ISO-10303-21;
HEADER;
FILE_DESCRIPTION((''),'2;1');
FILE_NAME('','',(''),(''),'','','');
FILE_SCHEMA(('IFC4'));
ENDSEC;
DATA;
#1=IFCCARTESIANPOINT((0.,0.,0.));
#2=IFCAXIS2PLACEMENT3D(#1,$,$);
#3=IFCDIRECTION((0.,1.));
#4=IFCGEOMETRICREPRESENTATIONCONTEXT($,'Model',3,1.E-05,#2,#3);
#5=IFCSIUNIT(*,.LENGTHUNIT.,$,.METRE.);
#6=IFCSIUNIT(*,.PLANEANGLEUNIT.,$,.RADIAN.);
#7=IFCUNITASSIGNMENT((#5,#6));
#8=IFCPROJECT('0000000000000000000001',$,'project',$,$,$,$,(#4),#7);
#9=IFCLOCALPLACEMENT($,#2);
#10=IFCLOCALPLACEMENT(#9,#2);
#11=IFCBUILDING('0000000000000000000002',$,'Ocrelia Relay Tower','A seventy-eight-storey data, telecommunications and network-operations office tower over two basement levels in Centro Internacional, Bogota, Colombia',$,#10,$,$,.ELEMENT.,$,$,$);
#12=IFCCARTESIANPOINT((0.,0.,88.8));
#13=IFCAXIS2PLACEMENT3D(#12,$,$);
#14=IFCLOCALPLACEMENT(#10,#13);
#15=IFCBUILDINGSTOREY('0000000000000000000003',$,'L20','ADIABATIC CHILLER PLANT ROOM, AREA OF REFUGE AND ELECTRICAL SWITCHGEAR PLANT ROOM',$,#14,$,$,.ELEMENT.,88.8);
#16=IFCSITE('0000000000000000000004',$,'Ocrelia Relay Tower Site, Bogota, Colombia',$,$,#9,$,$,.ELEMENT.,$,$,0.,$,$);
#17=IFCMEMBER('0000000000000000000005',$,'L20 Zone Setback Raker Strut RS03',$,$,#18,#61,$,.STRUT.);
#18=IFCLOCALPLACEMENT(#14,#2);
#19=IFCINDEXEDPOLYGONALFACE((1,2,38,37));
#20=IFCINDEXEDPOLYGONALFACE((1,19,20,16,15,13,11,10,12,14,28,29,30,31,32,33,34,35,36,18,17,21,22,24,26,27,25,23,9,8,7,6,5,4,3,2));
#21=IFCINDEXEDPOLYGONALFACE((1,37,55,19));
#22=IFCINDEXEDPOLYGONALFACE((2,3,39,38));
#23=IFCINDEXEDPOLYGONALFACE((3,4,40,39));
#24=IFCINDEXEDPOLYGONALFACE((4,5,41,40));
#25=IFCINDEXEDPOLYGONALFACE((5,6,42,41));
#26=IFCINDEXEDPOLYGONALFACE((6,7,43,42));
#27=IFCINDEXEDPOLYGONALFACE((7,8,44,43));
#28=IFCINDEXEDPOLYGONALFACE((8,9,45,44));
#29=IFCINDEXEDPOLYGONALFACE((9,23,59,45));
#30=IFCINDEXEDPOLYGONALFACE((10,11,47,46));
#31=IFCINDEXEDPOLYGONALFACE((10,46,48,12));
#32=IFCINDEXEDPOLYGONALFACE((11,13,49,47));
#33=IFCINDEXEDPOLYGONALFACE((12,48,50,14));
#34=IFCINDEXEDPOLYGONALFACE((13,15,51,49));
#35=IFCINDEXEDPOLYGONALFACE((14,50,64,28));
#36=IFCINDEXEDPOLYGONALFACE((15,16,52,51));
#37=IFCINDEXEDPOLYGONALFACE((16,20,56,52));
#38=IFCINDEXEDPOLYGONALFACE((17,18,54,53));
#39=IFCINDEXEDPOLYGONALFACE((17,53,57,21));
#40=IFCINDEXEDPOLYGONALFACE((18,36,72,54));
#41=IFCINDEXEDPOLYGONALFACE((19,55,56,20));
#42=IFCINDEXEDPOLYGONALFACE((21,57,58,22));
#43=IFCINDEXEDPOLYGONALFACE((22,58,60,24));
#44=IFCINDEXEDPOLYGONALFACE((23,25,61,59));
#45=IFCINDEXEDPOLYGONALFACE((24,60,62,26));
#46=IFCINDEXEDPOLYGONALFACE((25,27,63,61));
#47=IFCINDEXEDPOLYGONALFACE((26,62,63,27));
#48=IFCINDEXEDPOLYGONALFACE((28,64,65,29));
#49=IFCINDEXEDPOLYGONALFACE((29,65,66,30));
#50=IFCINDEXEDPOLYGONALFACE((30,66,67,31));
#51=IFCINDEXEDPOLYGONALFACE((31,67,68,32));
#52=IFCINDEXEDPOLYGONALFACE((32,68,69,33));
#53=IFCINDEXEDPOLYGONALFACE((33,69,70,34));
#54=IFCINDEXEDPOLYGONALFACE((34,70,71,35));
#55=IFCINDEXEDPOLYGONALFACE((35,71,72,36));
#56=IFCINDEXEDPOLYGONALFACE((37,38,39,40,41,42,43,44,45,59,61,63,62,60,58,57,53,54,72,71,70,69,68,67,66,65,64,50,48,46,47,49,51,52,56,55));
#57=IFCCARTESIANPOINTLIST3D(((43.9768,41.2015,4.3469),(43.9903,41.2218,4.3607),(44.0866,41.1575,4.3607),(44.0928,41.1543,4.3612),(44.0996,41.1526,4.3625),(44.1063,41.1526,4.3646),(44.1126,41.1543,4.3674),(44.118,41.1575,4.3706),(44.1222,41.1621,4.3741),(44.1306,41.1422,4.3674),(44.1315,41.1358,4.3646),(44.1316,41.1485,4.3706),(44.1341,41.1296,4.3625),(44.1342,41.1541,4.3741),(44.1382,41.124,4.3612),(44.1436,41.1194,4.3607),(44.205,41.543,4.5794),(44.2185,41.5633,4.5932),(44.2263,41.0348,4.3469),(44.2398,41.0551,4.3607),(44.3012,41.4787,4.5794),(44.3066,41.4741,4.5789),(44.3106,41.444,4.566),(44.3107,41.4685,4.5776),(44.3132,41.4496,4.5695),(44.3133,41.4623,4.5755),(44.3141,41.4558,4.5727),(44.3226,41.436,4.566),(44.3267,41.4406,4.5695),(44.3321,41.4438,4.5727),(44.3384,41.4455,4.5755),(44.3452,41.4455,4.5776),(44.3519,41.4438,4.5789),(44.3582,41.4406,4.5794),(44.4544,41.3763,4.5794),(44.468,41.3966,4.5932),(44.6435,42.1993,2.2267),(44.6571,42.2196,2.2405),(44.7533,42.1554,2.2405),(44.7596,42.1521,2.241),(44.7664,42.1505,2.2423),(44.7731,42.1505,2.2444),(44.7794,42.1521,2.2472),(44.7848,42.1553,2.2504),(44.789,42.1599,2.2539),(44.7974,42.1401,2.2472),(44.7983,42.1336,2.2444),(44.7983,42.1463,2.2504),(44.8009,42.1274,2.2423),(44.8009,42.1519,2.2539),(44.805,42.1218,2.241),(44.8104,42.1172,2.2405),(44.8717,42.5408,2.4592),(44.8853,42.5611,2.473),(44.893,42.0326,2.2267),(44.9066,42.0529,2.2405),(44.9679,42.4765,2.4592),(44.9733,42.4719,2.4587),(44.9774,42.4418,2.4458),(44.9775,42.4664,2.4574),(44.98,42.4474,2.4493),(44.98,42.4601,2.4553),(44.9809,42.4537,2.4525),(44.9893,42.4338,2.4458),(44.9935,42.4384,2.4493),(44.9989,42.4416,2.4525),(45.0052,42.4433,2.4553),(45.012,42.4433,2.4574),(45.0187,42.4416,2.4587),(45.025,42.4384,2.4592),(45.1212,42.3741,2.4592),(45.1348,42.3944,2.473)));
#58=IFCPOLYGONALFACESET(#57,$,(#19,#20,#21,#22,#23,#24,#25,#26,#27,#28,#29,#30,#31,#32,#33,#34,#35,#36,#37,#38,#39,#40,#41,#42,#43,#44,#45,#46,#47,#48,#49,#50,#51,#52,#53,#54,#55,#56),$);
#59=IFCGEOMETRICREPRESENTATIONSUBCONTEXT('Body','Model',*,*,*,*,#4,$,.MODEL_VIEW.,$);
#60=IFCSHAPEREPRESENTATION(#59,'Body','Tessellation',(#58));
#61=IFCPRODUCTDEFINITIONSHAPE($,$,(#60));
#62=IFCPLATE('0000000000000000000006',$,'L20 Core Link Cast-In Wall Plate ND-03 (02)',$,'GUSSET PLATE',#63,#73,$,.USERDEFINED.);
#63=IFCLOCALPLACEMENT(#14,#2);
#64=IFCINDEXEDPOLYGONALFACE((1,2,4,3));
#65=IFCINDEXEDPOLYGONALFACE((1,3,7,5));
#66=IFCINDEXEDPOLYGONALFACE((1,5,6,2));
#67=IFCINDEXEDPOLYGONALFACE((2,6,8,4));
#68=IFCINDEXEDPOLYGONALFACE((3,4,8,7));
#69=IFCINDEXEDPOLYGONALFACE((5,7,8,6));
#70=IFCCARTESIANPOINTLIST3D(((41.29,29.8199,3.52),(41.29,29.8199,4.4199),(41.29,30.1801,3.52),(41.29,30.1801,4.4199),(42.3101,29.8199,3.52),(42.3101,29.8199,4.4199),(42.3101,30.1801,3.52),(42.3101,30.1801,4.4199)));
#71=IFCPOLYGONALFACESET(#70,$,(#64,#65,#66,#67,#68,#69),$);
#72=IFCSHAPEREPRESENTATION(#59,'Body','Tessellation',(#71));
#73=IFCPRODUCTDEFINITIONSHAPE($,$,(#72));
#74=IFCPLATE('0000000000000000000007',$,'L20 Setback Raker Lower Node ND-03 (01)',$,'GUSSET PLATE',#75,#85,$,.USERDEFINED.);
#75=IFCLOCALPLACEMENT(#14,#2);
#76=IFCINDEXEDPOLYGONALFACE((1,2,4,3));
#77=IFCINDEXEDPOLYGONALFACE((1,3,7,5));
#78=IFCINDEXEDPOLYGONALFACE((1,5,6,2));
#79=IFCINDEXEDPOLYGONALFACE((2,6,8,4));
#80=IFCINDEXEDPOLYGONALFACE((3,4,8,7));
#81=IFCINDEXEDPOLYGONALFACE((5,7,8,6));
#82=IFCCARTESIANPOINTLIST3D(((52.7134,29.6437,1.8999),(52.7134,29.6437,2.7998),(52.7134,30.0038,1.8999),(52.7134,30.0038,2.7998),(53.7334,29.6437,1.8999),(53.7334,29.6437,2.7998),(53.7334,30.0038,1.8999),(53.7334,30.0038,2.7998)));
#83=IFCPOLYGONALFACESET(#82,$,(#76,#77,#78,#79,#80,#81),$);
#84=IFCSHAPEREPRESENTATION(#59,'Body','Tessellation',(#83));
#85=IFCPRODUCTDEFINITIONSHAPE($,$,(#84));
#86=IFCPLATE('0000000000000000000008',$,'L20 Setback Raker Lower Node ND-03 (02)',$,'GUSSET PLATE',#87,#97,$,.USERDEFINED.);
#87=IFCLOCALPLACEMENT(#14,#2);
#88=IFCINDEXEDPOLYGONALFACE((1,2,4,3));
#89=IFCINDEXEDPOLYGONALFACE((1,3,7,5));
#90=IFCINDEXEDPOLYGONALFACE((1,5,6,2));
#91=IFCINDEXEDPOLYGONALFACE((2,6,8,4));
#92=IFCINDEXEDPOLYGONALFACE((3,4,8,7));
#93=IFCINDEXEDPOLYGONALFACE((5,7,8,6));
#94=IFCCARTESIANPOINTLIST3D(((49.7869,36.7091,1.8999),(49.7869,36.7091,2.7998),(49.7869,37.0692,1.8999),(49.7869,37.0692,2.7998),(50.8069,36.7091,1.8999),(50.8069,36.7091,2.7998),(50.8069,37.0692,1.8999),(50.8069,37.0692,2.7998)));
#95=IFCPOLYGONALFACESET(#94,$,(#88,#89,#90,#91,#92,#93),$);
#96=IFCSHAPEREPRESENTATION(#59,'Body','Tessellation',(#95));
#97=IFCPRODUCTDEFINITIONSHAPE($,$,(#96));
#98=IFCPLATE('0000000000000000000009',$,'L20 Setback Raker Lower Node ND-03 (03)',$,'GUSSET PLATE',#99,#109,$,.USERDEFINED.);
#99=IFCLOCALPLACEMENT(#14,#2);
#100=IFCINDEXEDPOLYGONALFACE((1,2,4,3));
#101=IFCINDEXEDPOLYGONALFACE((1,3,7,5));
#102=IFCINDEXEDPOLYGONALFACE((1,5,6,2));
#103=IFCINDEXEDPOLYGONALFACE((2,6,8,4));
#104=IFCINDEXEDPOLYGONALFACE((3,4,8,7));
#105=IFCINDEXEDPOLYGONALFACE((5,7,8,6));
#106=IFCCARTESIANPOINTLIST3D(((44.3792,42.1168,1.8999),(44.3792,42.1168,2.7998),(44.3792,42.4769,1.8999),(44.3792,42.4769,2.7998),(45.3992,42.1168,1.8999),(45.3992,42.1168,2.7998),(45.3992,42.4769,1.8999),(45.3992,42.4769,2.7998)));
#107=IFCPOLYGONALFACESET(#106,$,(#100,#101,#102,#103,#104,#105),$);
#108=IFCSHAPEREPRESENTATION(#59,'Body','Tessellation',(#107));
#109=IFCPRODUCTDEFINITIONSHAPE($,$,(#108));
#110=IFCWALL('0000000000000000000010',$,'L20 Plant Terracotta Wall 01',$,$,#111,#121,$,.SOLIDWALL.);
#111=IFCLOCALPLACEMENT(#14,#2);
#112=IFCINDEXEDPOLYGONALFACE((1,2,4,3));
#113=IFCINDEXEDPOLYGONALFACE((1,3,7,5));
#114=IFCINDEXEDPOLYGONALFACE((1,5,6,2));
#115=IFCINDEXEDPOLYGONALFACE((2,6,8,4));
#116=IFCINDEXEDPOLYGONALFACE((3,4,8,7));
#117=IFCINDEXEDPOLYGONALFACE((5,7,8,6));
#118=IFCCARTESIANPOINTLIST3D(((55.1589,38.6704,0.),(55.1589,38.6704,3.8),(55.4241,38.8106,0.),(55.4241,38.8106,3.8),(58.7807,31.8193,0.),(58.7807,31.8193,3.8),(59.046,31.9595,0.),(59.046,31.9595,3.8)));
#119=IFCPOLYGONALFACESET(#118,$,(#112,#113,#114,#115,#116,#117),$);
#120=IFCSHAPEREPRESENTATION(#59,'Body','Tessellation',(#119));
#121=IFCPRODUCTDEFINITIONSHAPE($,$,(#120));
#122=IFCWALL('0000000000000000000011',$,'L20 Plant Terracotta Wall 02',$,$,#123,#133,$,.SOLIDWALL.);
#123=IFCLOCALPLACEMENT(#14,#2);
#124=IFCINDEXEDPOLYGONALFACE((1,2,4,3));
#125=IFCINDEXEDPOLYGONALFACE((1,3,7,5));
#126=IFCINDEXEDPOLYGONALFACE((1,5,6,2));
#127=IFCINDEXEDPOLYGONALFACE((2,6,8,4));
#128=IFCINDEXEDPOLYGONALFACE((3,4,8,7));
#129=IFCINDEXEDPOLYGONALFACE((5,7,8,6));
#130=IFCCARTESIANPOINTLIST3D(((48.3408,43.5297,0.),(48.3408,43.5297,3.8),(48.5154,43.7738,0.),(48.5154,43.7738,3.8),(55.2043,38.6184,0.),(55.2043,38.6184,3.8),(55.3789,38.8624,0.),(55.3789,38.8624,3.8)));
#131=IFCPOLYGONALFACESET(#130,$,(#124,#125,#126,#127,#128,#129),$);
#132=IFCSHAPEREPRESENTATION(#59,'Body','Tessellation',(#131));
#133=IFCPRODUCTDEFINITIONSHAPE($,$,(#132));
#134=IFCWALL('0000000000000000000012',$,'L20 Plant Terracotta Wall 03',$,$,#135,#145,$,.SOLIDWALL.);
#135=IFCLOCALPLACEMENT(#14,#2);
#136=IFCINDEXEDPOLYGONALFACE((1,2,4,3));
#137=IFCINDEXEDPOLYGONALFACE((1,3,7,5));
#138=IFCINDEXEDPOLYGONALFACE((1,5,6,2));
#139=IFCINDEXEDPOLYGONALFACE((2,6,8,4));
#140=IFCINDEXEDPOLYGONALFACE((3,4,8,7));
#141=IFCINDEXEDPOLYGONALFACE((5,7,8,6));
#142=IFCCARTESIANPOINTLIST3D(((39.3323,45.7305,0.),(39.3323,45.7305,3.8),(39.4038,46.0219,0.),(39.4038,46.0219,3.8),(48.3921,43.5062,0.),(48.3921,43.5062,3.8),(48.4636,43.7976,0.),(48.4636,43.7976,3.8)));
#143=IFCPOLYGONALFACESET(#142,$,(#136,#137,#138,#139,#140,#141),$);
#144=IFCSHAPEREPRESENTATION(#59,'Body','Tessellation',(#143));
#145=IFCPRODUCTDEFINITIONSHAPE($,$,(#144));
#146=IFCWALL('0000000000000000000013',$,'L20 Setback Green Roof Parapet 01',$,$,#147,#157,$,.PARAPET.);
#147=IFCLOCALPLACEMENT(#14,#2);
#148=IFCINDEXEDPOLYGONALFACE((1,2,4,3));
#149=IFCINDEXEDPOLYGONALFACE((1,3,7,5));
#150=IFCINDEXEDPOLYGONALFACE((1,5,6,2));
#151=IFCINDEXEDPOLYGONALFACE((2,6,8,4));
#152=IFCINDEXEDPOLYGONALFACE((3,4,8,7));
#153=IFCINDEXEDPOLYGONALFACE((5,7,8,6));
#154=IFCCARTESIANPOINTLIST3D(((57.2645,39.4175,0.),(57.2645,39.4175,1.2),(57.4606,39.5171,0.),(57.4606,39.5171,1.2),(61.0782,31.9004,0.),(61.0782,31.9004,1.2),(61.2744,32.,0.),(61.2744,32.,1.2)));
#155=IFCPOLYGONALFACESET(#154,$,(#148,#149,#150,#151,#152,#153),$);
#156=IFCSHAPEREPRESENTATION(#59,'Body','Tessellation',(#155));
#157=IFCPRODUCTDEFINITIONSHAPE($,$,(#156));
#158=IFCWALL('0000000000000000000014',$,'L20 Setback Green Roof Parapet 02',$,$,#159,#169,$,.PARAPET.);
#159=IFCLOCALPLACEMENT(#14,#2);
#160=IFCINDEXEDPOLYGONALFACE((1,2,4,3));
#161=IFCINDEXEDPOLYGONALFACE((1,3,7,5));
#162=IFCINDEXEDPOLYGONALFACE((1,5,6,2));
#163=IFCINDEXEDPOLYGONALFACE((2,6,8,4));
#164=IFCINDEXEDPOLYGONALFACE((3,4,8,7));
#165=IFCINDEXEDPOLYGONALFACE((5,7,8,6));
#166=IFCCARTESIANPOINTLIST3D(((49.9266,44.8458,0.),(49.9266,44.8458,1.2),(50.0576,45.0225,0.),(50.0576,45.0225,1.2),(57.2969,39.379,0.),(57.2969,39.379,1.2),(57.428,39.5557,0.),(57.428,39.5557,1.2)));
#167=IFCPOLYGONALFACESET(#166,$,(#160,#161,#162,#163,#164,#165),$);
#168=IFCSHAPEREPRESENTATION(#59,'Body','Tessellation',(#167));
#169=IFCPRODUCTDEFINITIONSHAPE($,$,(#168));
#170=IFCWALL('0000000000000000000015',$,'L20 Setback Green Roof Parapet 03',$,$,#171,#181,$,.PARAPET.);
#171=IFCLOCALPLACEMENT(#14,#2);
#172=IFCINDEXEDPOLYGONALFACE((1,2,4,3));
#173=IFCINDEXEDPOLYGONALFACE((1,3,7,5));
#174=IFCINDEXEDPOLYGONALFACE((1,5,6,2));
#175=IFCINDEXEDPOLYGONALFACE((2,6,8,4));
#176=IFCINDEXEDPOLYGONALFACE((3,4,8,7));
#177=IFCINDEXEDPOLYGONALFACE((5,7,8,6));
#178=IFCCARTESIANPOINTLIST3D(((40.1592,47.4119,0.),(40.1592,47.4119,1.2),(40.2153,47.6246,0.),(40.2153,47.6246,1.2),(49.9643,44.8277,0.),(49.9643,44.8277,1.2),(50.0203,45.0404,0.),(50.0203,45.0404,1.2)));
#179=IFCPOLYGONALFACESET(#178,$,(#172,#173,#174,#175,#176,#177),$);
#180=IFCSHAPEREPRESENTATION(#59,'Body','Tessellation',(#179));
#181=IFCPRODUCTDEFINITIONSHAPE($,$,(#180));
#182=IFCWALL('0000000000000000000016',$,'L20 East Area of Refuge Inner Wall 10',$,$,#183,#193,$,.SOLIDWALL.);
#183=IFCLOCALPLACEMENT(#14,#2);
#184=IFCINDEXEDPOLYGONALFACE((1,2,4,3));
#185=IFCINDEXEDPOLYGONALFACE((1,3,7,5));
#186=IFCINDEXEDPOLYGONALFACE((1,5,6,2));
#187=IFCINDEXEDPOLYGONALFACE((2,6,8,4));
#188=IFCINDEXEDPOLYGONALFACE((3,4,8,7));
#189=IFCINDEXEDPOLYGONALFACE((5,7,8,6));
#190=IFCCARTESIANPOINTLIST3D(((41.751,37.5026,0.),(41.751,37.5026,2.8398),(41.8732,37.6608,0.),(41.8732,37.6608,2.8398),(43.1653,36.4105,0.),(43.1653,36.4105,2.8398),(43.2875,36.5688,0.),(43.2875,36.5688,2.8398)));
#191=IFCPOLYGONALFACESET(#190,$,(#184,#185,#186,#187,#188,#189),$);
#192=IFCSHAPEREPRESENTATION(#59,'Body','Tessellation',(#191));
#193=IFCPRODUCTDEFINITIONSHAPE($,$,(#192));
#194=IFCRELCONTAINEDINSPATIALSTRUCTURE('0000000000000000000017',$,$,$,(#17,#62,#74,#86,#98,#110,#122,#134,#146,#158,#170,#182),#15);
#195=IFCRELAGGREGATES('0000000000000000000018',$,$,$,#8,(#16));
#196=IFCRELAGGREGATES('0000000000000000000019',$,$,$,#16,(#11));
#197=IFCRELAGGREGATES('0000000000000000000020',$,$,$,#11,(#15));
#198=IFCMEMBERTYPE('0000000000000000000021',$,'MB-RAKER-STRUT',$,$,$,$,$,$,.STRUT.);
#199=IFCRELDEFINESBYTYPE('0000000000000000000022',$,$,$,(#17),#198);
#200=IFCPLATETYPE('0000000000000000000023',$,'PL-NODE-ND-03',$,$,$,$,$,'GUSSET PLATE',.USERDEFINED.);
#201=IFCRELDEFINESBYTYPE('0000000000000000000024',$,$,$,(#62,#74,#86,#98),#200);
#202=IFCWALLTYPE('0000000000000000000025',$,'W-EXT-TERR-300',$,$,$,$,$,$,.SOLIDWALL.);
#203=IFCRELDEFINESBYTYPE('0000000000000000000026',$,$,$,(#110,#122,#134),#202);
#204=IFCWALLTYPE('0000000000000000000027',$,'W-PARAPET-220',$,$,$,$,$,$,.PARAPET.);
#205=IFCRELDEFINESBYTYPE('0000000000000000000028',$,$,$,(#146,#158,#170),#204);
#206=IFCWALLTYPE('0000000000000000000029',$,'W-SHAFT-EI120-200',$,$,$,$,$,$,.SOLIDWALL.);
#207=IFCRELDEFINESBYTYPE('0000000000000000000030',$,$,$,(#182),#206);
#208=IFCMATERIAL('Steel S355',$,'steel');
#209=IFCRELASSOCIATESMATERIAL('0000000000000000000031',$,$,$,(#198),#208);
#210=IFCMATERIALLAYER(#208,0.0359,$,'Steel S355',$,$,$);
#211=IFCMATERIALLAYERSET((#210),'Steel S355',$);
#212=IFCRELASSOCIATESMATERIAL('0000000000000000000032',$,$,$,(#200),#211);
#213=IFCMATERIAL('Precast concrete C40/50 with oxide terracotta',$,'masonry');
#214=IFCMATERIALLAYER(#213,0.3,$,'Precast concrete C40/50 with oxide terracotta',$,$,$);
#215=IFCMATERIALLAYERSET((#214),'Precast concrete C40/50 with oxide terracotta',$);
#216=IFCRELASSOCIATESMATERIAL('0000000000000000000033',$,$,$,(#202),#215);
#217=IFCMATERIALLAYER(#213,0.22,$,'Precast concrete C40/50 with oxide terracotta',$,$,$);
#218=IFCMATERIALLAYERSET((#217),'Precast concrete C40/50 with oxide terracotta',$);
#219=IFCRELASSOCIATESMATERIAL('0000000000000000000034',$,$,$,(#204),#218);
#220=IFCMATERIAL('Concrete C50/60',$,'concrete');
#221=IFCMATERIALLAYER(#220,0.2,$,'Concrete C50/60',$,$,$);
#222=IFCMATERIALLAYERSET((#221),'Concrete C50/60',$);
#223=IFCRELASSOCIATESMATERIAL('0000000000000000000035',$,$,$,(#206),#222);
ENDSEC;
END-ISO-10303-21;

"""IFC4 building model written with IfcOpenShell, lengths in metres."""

from ifc_helpers import new_model, si_unit, direction, frame, frame_2d, origin, origin_2d, place, context, subcontext, project, spatial, rectangle, i_section, extrude, material, layer, layer_set, material_profile, profile_set, type_object, element, save


model = new_model("IFC4")

# Units and contexts
model_context = context("Model", 3, precision=1e-05, world=origin(), true_north=direction((0.0, 1.0)))
body_context = subcontext(model_context, "Body", "Model", "MODEL_VIEW")
ifc_project = project(units=[si_unit("LENGTHUNIT", "METRE"), si_unit("PLANEANGLEUNIT", "RADIAN")], contexts=[model_context])

# Site, building, storey
site_placement = place(None, origin())
site = spatial("IfcSite", under=ifc_project, at=site_placement, Name="Ocrelia Relay Tower Site, Bogota, Colombia", CompositionType="ELEMENT", RefElevation=0.0)
building_placement = place(site_placement, origin())
building = spatial("IfcBuilding", under=site, at=building_placement, Name="Ocrelia Relay Tower", Description="A seventy-eight-storey data, telecommunications and network-operations office tower over two basement levels in Centro Internacional, Bogota, Colombia", CompositionType="ELEMENT")
storey_placement = place(building_placement, frame((0.0, 0.0, 88.8)))
storey = spatial("IfcBuildingStorey", under=building, at=storey_placement, Name="L20", Description="ADIABATIC CHILLER PLANT ROOM, AREA OF REFUGE AND ELECTRICAL SWITCHGEAR PLANT ROOM", CompositionType="ELEMENT", Elevation=88.8)

# Shared definitions
ifc_material_1 = material(Name="Steel S355", Category="steel")

# Member
ifc_material_profile_1 = material_profile(ifc_material_1, i_section(OverallWidth=0.3, OverallDepth=0.5, WebThickness=0.0144, FlangeThickness=0.0281, FilletRadius=0.0271, at=origin_2d()), Name="HEB 500")
ifc_profile_set_1 = profile_set([ifc_material_profile_1], Name="Steel S355")
member_type_1 = type_object("IfcMemberType", Name="MB-RAKER-STRUT", PredefinedType="STRUT", material=ifc_profile_set_1)
for number, where, z_axis, x_axis, name in (
    (1, (44.8892, 42.2969, 2.3499), (-0.273684, -0.409574, 0.870257), (0.831455, -0.555592, 0.0), "L20 Zone Setback Raker Strut RS03"),
):
    element("IfcMember", number, at=place(storey_placement, frame(where, z_axis=z_axis, x_axis=x_axis)), inside=storey, type_object=member_type_1, Name=name, PredefinedType="STRUT", context=body_context, shape_type="SweptSolid", body=[
        extrude(i_section(OverallWidth=0.3, OverallDepth=0.5, WebThickness=0.0144, FlangeThickness=0.0281, FilletRadius=0.0271, at=origin_2d()), origin(), (0.0, 0.0, 1.0), 2.4363),
    ])

# Plates
ifc_layer_1 = layer(ifc_material_1, 0.0359, Name="Steel S355")
ifc_layer_set_1 = layer_set([ifc_layer_1], Name="Steel S355")
plate_type = type_object("IfcPlateType", Name="PL-NODE-ND-03", ElementType="GUSSET PLATE", PredefinedType="USERDEFINED", material=ifc_layer_set_1)
for number, where, z_axis, x_axis, name in (
    (2, (41.8, 30.0, 3.52), (0.0, 0.0, 1.0), (1.0, 0.0, 0.0), "L20 Core Link Cast-In Wall Plate ND-03 (02)"),
    (3, (53.2234, 29.8237, 1.8999), (0.0, 0.0, 1.0), (1.0, 0.0, 0.0), "L20 Setback Raker Lower Node ND-03 (01)"),
    (4, (50.2969, 36.8892, 1.8999), (0.0, 0.0, 1.0), (1.0, 0.0, 0.0), "L20 Setback Raker Lower Node ND-03 (02)"),
    (5, (44.8892, 42.2969, 1.8999), (0.0, 0.0, 1.0), (1.0, 0.0, 0.0), "L20 Setback Raker Lower Node ND-03 (03)"),
):
    element("IfcPlate", number, at=place(storey_placement, frame(where, z_axis=z_axis, x_axis=x_axis)), inside=storey, type_object=plate_type, Name=name, ObjectType="GUSSET PLATE", PredefinedType="USERDEFINED", context=body_context, shape_type="SweptSolid", body=[
        extrude(rectangle(XDim=1.02, YDim=0.3601, at=origin_2d()), origin(), (0.0, 0.0, 1.0), 0.8999),
    ])

# Walls
ifc_material_2 = material(Name="Precast concrete C40/50 with oxide terracotta", Category="masonry")
ifc_layer_2 = layer(ifc_material_2, 0.3, Name="Precast concrete C40/50 with oxide terracotta")
ifc_layer_set_2 = layer_set([ifc_layer_2], Name="Precast concrete C40/50 with oxide terracotta")
wall_type_1 = type_object("IfcWallType", Name="W-EXT-TERR-300", PredefinedType="SOLIDWALL", material=ifc_layer_set_2)
wall_1_placement = place(storey_placement, frame((58.9133, 31.8894, 0.0), z_axis=(0.0, 0.0, 1.0), x_axis=(-0.467362, 0.884066, 0.0)))
element("IfcWall", 6, at=wall_1_placement, inside=storey, type_object=wall_type_1, Name="L20 Plant Terracotta Wall 01", PredefinedType="SOLIDWALL", context=body_context, shape_type="SweptSolid", body=[
    extrude(rectangle(XDim=7.7495, YDim=0.3, at=frame_2d((3.8748, 0.0))), origin(), (0.0, 0.0, 1.0), 3.8),
])
wall_2_placement = place(storey_placement, frame((55.2915, 38.7405, 0.0), z_axis=(0.0, 0.0, 1.0), x_axis=(-0.813237, 0.581933, 0.0)))
element("IfcWall", 7, at=wall_2_placement, inside=storey, type_object=wall_type_1, Name="L20 Plant Terracotta Wall 02", PredefinedType="SOLIDWALL", context=body_context, shape_type="SweptSolid", body=[
    extrude(rectangle(XDim=8.4397, YDim=0.3, at=frame_2d((4.2197, 0.0))), origin(), (0.0, 0.0, 1.0), 3.8),
])
wall_3_placement = place(storey_placement, frame((48.428, 43.6519, 0.0), z_axis=(0.0, 0.0, 1.0), x_axis=(-0.971158, 0.238439, 0.0)))
element("IfcWall", 8, at=wall_3_placement, inside=storey, type_object=wall_type_1, Name="L20 Plant Terracotta Wall 03", PredefinedType="SOLIDWALL", context=body_context, shape_type="SweptSolid", body=[
    extrude(rectangle(XDim=9.3289, YDim=0.3, at=frame_2d((4.6646, 0.0))), origin(), (0.0, 0.0, 1.0), 3.8),
])
ifc_layer_3 = layer(ifc_material_2, 0.22, Name="Precast concrete C40/50 with oxide terracotta")
ifc_layer_set_3 = layer_set([ifc_layer_3], Name="Precast concrete C40/50 with oxide terracotta")
wall_type_2 = type_object("IfcWallType", Name="W-PARAPET-220", PredefinedType="PARAPET", material=ifc_layer_set_3)
wall_4_placement = place(storey_placement, frame((61.1763, 31.9502, 0.0), z_axis=(0.0, 0.0, 1.0), x_axis=(-0.452443, 0.891794, 0.0)))
element("IfcWall", 9, at=wall_4_placement, inside=storey, type_object=wall_type_2, Name="L20 Setback Green Roof Parapet 01", PredefinedType="PARAPET", context=body_context, shape_type="SweptSolid", body=[
    extrude(rectangle(XDim=8.4292, YDim=0.22, at=frame_2d((4.2146, 0.0))), origin(), (0.0, 0.0, 1.0), 1.2),
])
wall_5_placement = place(storey_placement, frame((57.3625, 39.4673, 0.0), z_axis=(0.0, 0.0, 1.0), x_axis=(-0.803178, 0.595739, 0.0)))
element("IfcWall", 10, at=wall_5_placement, inside=storey, type_object=wall_type_2, Name="L20 Setback Green Roof Parapet 02", PredefinedType="PARAPET", context=body_context, shape_type="SweptSolid", body=[
    extrude(rectangle(XDim=9.1765, YDim=0.22, at=frame_2d((4.5884, 0.0))), origin(), (0.0, 0.0, 1.0), 1.2),
])
wall_6_placement = place(storey_placement, frame((49.9922, 44.9341, 0.0), z_axis=(0.0, 0.0, 1.0), x_axis=(-0.966979, 0.254855, 0.0)))
element("IfcWall", 11, at=wall_6_placement, inside=storey, type_object=wall_type_2, Name="L20 Setback Green Roof Parapet 03", PredefinedType="PARAPET", context=body_context, shape_type="SweptSolid", body=[
    extrude(rectangle(XDim=10.1399, YDim=0.22, at=frame_2d((5.0698, 0.0))), origin(), (0.0, 0.0, 1.0), 1.2),
])
ifc_material_3 = material(Name="Concrete C50/60", Category="concrete")
ifc_layer_4 = layer(ifc_material_3, 0.2, Name="Concrete C50/60")
ifc_layer_set_4 = layer_set([ifc_layer_4], Name="Concrete C50/60")
wall_type_3 = type_object("IfcWallType", Name="W-SHAFT-EI120-200", PredefinedType="SOLIDWALL", material=ifc_layer_set_4)
wall_7_placement = place(storey_placement, frame((41.812, 37.5818, 0.0), z_axis=(0.0, 0.0, 1.0), x_axis=(0.79151, -0.611156, 0.0)))
element("IfcWall", 12, at=wall_7_placement, inside=storey, type_object=wall_type_3, Name="L20 East Area of Refuge Inner Wall 10", PredefinedType="SOLIDWALL", context=body_context, shape_type="SweptSolid", body=[
    extrude(rectangle(XDim=1.7869, YDim=0.2, at=frame_2d((0.8936, 0.0))), origin(), (0.0, 0.0, 1.0), 2.8398),
])

save(model, "model.ifc")
